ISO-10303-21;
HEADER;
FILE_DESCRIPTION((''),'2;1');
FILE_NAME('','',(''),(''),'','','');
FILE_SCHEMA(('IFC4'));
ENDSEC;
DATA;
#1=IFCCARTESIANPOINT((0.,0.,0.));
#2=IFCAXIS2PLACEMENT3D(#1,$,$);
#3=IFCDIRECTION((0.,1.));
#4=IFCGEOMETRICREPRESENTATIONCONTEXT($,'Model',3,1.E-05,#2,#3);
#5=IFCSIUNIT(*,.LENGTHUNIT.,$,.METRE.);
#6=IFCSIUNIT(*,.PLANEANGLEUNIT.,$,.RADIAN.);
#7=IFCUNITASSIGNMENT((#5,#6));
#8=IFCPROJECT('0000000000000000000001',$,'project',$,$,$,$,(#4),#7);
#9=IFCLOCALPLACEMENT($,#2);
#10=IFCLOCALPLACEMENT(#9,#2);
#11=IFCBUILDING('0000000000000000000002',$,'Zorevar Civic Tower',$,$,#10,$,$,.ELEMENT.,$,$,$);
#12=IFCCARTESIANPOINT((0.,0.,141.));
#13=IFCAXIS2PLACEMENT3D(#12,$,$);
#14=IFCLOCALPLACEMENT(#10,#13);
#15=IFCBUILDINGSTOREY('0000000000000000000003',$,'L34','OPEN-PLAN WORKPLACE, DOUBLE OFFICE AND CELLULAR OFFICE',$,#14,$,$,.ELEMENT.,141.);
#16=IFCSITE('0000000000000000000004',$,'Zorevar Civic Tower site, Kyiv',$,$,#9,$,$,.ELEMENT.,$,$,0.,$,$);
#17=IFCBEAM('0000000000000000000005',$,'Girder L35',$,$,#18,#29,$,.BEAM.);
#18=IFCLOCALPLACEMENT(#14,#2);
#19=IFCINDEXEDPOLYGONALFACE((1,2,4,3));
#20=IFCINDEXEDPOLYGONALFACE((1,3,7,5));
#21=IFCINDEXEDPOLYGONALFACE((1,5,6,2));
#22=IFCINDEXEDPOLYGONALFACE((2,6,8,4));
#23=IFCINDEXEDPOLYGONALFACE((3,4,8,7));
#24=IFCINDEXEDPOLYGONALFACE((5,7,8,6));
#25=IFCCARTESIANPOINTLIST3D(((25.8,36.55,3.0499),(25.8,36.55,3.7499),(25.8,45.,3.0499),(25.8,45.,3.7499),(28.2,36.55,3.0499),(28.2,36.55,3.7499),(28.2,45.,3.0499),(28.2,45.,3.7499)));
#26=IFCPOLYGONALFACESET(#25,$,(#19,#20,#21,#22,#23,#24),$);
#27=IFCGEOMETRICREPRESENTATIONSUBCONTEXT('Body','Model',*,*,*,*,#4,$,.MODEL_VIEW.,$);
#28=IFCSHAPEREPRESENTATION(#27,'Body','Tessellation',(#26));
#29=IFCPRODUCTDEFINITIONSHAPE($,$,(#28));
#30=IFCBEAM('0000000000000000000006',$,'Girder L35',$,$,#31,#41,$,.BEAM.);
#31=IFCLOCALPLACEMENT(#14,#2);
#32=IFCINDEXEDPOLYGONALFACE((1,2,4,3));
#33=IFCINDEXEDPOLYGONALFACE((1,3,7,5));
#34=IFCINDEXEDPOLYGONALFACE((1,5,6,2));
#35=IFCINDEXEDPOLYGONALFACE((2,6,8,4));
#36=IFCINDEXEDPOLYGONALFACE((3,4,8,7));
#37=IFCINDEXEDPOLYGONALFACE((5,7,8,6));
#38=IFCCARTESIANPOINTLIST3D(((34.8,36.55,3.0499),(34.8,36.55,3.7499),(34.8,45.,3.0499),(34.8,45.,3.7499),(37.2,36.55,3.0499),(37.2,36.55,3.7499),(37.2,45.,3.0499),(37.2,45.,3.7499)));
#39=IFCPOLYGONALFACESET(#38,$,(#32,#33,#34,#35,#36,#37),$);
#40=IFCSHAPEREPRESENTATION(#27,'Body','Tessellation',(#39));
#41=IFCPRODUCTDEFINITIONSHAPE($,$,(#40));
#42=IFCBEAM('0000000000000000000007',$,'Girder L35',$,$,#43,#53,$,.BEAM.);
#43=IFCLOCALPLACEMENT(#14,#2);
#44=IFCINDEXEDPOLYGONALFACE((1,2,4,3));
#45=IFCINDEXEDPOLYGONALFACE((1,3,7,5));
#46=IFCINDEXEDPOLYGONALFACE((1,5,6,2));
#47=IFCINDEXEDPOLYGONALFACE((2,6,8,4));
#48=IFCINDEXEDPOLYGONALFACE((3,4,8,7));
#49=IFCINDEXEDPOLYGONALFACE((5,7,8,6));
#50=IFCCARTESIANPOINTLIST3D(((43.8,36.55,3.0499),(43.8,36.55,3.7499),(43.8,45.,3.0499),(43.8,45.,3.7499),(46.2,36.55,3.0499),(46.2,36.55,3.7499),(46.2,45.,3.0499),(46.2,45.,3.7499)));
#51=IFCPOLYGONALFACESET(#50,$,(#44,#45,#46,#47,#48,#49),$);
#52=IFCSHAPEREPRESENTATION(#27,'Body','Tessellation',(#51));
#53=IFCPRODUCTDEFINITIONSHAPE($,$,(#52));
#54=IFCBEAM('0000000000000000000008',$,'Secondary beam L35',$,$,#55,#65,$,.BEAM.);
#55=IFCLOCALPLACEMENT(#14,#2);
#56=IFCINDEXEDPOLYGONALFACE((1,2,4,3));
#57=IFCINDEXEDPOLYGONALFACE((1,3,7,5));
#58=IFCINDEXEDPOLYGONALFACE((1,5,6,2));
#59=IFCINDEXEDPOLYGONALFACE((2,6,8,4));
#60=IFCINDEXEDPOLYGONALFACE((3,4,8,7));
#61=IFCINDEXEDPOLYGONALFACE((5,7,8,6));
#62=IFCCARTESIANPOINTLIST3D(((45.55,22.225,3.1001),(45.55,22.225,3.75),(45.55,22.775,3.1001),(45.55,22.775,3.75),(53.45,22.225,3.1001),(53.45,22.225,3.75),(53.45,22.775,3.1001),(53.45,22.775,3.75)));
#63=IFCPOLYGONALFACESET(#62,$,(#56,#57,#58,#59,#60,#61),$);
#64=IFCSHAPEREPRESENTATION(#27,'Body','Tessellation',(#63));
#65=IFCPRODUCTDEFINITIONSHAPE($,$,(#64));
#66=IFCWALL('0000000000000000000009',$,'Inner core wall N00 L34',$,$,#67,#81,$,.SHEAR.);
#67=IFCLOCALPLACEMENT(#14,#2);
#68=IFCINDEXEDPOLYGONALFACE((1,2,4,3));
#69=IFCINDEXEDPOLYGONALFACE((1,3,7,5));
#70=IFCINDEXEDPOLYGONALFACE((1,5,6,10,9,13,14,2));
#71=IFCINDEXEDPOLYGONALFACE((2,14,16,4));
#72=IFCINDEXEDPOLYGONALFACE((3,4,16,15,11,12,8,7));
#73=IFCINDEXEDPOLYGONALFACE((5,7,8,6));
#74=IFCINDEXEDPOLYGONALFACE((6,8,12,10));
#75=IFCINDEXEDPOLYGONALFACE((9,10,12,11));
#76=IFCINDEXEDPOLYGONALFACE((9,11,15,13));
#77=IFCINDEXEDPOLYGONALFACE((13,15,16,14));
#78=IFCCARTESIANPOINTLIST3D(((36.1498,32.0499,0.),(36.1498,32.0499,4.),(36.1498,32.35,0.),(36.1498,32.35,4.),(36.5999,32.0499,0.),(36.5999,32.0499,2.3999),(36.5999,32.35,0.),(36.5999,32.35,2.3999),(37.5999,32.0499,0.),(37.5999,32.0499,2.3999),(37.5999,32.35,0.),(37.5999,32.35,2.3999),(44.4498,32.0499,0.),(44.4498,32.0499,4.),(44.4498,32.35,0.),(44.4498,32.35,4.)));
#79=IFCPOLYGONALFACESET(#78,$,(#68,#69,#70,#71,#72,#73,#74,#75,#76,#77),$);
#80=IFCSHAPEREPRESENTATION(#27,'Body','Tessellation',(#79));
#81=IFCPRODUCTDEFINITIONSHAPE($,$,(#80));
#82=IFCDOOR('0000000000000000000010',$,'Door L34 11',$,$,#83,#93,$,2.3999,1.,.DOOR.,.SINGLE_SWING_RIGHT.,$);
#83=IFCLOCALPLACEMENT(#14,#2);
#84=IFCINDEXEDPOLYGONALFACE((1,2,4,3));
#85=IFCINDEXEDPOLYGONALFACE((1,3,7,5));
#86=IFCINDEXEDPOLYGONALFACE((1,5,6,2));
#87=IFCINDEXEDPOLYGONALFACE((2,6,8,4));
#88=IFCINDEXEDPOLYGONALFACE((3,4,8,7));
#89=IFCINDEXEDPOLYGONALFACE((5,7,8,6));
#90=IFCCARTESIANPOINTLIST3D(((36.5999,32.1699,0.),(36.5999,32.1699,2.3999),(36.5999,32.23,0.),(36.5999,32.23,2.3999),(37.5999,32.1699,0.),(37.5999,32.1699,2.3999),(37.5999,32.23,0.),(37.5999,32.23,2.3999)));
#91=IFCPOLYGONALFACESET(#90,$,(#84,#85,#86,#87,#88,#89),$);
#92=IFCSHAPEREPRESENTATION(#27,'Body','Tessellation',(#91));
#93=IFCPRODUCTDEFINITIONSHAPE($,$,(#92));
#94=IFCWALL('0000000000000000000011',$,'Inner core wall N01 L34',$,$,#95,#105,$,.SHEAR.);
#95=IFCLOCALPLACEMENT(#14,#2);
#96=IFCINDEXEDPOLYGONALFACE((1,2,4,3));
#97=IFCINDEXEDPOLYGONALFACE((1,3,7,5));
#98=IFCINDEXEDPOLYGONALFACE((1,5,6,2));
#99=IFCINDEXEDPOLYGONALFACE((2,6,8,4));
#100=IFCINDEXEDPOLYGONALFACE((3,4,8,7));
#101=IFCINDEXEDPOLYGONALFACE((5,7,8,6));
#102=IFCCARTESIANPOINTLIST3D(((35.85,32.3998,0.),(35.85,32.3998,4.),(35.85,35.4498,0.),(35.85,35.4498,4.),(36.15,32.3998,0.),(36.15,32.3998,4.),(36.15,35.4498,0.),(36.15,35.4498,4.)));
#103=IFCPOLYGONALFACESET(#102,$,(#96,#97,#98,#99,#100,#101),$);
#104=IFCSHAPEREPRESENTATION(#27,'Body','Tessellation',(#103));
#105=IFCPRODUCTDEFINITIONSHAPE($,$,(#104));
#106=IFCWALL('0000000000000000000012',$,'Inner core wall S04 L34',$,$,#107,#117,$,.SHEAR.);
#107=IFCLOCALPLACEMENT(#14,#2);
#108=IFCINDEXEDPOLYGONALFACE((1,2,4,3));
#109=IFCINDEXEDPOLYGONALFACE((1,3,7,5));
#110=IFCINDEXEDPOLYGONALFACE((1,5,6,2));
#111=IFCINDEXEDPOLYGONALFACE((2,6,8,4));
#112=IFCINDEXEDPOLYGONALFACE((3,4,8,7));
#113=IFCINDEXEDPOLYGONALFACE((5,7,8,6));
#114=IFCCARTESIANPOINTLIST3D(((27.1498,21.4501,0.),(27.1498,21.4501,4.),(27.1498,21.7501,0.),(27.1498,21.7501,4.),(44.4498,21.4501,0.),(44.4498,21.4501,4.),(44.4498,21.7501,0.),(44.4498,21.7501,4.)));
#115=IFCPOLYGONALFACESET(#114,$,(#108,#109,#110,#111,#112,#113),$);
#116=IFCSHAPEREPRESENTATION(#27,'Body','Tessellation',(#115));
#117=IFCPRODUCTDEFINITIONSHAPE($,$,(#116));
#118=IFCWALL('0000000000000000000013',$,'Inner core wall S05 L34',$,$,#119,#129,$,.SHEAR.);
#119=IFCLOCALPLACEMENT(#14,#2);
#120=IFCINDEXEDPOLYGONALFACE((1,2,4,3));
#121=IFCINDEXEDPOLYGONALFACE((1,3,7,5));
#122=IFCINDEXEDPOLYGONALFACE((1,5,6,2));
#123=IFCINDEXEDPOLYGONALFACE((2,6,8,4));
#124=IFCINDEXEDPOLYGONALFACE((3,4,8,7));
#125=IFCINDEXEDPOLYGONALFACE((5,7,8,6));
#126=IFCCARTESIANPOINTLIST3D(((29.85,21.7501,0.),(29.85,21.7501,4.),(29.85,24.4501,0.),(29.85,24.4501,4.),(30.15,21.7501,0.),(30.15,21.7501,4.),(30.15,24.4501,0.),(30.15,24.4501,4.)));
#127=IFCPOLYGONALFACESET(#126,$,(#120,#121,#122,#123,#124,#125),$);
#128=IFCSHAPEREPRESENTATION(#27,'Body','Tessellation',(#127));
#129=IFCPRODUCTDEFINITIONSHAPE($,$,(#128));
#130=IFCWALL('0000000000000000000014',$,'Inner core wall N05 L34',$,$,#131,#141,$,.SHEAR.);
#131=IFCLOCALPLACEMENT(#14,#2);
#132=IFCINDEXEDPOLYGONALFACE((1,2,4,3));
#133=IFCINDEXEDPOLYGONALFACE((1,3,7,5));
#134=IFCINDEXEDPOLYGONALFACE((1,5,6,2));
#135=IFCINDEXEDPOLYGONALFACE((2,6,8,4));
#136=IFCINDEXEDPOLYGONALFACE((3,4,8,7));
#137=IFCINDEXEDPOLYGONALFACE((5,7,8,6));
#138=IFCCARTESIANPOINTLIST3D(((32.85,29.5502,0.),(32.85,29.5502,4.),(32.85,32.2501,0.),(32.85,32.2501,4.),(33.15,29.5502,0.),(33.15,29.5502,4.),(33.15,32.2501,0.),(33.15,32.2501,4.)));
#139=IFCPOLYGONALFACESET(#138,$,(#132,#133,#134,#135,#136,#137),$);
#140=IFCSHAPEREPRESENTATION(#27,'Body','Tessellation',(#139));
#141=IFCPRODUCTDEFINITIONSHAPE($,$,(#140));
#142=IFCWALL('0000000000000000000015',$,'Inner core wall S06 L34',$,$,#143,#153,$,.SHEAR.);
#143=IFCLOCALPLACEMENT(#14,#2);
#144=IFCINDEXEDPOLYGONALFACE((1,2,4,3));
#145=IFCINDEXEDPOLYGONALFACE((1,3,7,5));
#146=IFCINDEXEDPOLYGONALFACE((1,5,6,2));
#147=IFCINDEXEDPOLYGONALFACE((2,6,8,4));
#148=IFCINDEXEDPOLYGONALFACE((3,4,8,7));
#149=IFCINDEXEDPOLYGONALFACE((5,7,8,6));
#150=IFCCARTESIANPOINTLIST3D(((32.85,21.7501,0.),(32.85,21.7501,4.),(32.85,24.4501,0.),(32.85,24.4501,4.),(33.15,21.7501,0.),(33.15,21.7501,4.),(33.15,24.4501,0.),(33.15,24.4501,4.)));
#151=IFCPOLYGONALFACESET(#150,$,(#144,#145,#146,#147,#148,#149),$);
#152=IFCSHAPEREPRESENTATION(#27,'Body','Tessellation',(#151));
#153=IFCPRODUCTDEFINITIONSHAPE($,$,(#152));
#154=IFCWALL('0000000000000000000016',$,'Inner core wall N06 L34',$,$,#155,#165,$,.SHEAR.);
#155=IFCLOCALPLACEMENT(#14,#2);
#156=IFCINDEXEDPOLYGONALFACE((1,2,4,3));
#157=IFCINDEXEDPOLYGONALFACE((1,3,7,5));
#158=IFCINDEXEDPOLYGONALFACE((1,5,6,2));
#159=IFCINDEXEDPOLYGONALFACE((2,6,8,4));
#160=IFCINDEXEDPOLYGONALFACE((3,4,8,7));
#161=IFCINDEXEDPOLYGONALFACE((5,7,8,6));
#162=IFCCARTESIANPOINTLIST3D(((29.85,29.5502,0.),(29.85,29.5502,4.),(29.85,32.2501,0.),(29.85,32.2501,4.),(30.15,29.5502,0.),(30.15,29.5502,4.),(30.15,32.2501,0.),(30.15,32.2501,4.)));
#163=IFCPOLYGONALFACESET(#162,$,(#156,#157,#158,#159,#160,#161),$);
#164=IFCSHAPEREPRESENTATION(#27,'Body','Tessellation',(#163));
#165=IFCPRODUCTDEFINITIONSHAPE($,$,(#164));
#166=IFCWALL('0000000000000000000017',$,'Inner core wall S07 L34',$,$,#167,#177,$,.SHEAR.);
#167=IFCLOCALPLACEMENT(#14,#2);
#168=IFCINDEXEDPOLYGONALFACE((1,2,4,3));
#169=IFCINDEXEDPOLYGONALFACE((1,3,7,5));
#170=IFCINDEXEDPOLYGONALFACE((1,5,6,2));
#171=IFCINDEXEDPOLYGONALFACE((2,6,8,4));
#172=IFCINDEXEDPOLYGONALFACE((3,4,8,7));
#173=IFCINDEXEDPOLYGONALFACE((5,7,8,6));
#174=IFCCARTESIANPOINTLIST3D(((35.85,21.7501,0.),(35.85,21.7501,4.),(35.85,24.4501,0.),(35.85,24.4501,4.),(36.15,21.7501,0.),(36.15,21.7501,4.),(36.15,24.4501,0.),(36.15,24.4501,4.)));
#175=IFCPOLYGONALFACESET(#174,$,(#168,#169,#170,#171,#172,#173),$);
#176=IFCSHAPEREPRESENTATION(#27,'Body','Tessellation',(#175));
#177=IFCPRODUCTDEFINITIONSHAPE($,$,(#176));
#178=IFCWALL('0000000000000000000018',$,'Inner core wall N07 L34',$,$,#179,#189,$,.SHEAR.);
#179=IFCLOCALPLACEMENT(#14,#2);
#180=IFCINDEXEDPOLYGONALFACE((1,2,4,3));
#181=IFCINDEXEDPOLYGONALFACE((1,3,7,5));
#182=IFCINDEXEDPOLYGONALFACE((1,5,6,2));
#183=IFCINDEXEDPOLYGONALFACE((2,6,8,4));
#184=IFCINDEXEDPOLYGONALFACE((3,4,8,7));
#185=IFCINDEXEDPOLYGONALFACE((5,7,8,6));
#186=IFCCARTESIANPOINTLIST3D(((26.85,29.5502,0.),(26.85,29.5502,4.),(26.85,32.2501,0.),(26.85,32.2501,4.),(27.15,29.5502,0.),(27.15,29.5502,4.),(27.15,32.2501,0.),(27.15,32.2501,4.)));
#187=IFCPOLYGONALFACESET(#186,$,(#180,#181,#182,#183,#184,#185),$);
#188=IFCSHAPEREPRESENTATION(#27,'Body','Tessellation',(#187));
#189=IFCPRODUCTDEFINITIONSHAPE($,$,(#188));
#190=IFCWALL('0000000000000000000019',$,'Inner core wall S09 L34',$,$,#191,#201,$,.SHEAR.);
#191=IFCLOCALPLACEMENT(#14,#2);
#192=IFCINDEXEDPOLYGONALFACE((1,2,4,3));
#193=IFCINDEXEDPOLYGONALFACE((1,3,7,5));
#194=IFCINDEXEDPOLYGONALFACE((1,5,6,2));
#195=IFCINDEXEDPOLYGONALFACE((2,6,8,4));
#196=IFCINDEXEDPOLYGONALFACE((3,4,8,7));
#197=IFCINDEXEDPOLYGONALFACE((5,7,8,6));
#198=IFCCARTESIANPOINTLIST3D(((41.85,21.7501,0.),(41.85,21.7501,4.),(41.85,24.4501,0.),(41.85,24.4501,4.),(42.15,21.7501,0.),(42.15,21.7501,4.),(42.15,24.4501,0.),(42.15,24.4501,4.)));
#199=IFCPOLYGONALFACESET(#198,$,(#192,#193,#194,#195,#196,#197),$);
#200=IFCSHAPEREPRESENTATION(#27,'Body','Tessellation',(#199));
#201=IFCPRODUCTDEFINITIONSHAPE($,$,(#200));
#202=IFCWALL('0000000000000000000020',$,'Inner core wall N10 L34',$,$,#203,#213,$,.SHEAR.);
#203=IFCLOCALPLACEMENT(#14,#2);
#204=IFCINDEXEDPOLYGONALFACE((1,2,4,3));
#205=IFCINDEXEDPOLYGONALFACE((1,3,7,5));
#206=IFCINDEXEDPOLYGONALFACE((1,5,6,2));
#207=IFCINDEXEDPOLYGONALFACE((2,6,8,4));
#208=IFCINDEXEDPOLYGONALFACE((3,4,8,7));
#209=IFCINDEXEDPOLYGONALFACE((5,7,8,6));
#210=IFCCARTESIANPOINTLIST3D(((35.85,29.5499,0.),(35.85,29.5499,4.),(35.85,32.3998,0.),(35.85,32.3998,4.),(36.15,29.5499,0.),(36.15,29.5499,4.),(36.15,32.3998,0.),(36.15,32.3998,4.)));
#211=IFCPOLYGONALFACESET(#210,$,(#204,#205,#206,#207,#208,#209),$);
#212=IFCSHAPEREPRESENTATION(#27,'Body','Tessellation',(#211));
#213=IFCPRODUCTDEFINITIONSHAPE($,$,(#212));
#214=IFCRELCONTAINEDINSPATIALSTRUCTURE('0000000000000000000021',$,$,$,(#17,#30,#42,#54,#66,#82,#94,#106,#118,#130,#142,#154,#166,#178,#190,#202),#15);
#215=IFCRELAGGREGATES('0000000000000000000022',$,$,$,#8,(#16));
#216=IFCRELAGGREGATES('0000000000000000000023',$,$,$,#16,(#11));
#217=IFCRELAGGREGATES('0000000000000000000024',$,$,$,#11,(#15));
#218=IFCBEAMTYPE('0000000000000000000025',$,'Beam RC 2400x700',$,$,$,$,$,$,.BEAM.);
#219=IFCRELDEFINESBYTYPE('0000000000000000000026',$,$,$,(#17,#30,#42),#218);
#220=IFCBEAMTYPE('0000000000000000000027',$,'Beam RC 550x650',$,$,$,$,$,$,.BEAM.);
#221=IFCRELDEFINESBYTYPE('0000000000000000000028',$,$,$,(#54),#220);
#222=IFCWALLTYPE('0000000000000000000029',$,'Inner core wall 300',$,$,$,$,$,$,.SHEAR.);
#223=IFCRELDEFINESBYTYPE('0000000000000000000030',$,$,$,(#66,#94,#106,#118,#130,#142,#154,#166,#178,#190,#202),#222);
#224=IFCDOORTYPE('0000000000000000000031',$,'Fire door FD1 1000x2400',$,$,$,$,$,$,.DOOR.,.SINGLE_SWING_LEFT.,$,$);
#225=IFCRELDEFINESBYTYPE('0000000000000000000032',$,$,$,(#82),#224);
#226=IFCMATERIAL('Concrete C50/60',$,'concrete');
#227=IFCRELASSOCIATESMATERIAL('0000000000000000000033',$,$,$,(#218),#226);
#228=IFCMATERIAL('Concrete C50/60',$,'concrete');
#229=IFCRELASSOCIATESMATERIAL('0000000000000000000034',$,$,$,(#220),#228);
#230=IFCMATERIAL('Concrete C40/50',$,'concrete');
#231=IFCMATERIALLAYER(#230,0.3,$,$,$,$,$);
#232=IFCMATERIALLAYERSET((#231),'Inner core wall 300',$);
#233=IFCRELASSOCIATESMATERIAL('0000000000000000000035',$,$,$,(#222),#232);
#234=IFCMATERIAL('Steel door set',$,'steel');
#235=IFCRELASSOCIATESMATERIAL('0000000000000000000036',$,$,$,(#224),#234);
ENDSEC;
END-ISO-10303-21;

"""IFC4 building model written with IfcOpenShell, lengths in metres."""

from ifc_helpers import new_model, si_unit, direction, frame, frame_2d, origin, origin_2d, place, context, subcontext, project, spatial, rectangle, extrude, material, layer, layer_set, material_profile, profile_set, type_object, element, fill, save


model = new_model("IFC4")

# Units and contexts
model_context = context("Model", 3, precision=1e-05, world=origin(), true_north=direction((0.0, 1.0)))
body_context = subcontext(model_context, "Body", "Model", "MODEL_VIEW")
ifc_project = project(units=[si_unit("LENGTHUNIT", "METRE"), si_unit("PLANEANGLEUNIT", "RADIAN")], contexts=[model_context])

# Site, building, storey
site_placement = place(None, origin())
site = spatial("IfcSite", under=ifc_project, at=site_placement, Name="Zorevar Civic Tower site, Kyiv", CompositionType="ELEMENT", RefElevation=0.0)
building_placement = place(site_placement, origin())
building = spatial("IfcBuilding", under=site, at=building_placement, Name="Zorevar Civic Tower", CompositionType="ELEMENT")
storey_placement = place(building_placement, frame((0.0, 0.0, 141.0)))
storey = spatial("IfcBuildingStorey", under=building, at=storey_placement, Name="L34", Description="OPEN-PLAN WORKPLACE, DOUBLE OFFICE AND CELLULAR OFFICE", CompositionType="ELEMENT", Elevation=141.0)

# Beams
ifc_material_1 = material(Name="Concrete C50/60", Category="concrete")
ifc_material_profile_1 = material_profile(ifc_material_1, rectangle(XDim=2.3999, YDim=0.7, at=origin_2d()), Name="RC 2400x700")
ifc_profile_set_1 = profile_set([ifc_material_profile_1], Name="Concrete C50/60")
beam_type_1 = type_object("IfcBeamType", Name="Beam RC 2400x700", PredefinedType="BEAM", material=ifc_profile_set_1)
for number, where, z_axis, x_axis, name in (
    (1, (27.0, 36.55, 3.3999), (0.0, 1.0, 0.0), (-1.0, 0.0, 0.0), "Girder L35"),
    (2, (36.0, 36.55, 3.3999), (0.0, 1.0, 0.0), (-1.0, 0.0, 0.0), "Girder L35"),
    (3, (45.0, 36.55, 3.3999), (0.0, 1.0, 0.0), (-1.0, 0.0, 0.0), "Girder L35"),
):
    element("IfcBeam", number, at=place(storey_placement, frame(where, z_axis=z_axis, x_axis=x_axis)), inside=storey, type_object=beam_type_1, Name=name, PredefinedType="BEAM", context=body_context, shape_type="SweptSolid", body=[
        extrude(rectangle(XDim=2.3999, YDim=0.7, at=origin_2d()), origin(), (0.0, 0.0, 1.0), 8.45),
    ])
ifc_material_2 = material(Name="Concrete C50/60", Category="concrete")
ifc_material_profile_2 = material_profile(ifc_material_2, rectangle(XDim=0.55, YDim=0.6499, at=origin_2d()), Name="RC 550x650")
ifc_profile_set_2 = profile_set([ifc_material_profile_2], Name="Concrete C50/60")
beam_type_2 = type_object("IfcBeamType", Name="Beam RC 550x650", PredefinedType="BEAM", material=ifc_profile_set_2)
beam_placement = place(storey_placement, frame((45.55, 22.5, 3.425), z_axis=(1.0, 0.0, 0.0), x_axis=(0.0, 1.0, 0.0)))
element("IfcBeam", 4, at=beam_placement, inside=storey, type_object=beam_type_2, Name="Secondary beam L35", PredefinedType="BEAM", context=body_context, shape_type="SweptSolid", body=[
    extrude(rectangle(XDim=0.55, YDim=0.6499, at=origin_2d()), origin(), (0.0, 0.0, 1.0), 7.8999),
])

# Wall, opening, door
ifc_material_3 = material(Name="Concrete C40/50", Category="concrete")
ifc_layer_1 = layer(ifc_material_3, 0.3)
ifc_layer_set_1 = layer_set([ifc_layer_1], Name="Inner core wall 300")
wall_type_1 = type_object("IfcWallType", Name="Inner core wall 300", PredefinedType="SHEAR", material=ifc_layer_set_1)
wall_1_placement = place(storey_placement, frame((36.1499, 32.2, 0.0), z_axis=(0.0, 0.0, 1.0), x_axis=(1.0, 0.0, 0.0)))
wall_1 = element("IfcWall", 5, at=wall_1_placement, inside=storey, type_object=wall_type_1, Name="Inner core wall N00 L34", PredefinedType="SHEAR", context=body_context, shape_type="SweptSolid", body=[
    extrude(rectangle(XDim=8.3, YDim=0.3, at=frame_2d((4.1499, 0.0))), origin(), (0.0, 0.0, 1.0), 4.0),
])
opening_1_placement = place(wall_1_placement, frame((0.45, 0.0, 0.0)))
opening_1 = element("IfcOpeningElement", 6, at=opening_1_placement, cuts=wall_1, PredefinedType="OPENING", context=body_context, shape_type="SweptSolid", body=[
    extrude(rectangle(XDim=1.0, YDim=2.3999, at=frame_2d((0.5, 1.2))), frame((0.0, 0.1599, 0.0), z_axis=(0.0, -1.0, 0.0), x_axis=(1.0, 0.0, 0.0)), (0.0, 0.0, 1.0), 0.3201),
])
ifc_material_4 = material(Name="Steel door set", Category="steel")
door_type_1 = type_object("IfcDoorType", Name="Fire door FD1 1000x2400", OperationType="SINGLE_SWING_LEFT", PredefinedType="DOOR", material=ifc_material_4)
door_1_placement = place(opening_1_placement, origin())
door_1 = element("IfcDoor", 7, at=door_1_placement, inside=storey, type_object=door_type_1, Name="Door L34 11", OperationType="SINGLE_SWING_RIGHT", OverallHeight=2.3999, OverallWidth=1.0, PredefinedType="DOOR", context=body_context, shape_type="SweptSolid", body=[
    extrude(rectangle(XDim=1.0, YDim=2.3999, at=frame_2d((0.5, 1.2))), frame((0.0, 0.03, 0.0), z_axis=(0.0, -1.0, 0.0), x_axis=(1.0, 0.0, 0.0)), (0.0, 0.0, 1.0), 0.0601),
])
fill(opening_1, door_1)

# Wall
wall_2_placement = place(storey_placement, frame((36.0, 32.3999, 0.0), z_axis=(0.0, 0.0, 1.0), x_axis=(0.0, 1.0, 0.0)))
element("IfcWall", 8, at=wall_2_placement, inside=storey, type_object=wall_type_1, Name="Inner core wall N01 L34", PredefinedType="SHEAR", context=body_context, shape_type="SweptSolid", body=[
    extrude(rectangle(XDim=3.05, YDim=0.3, at=frame_2d((1.5249, 0.0))), origin(), (0.0, 0.0, 1.0), 4.0),
])

# Walls
wall_3_placement = place(storey_placement, frame((27.1499, 21.6001, 0.0), z_axis=(0.0, 0.0, 1.0), x_axis=(1.0, 0.0, 0.0)))
element("IfcWall", 9, at=wall_3_placement, inside=storey, type_object=wall_type_1, Name="Inner core wall S04 L34", PredefinedType="SHEAR", context=body_context, shape_type="SweptSolid", body=[
    extrude(rectangle(XDim=17.3, YDim=0.3, at=frame_2d((8.6499, 0.0))), origin(), (0.0, 0.0, 1.0), 4.0),
])
for number, where, z_axis, x_axis, name in (
    (10, (30.0, 21.75, 0.0), (0.0, 0.0, 1.0), (0.0, 1.0, 0.0), "Inner core wall S05 L34"),
    (11, (33.0, 29.55, 0.0), (0.0, 0.0, 1.0), (0.0, 1.0, 0.0), "Inner core wall N05 L34"),
    (12, (33.0, 21.75, 0.0), (0.0, 0.0, 1.0), (0.0, 1.0, 0.0), "Inner core wall S06 L34"),
    (13, (30.0, 29.55, 0.0), (0.0, 0.0, 1.0), (0.0, 1.0, 0.0), "Inner core wall N06 L34"),
    (14, (36.0, 21.75, 0.0), (0.0, 0.0, 1.0), (0.0, 1.0, 0.0), "Inner core wall S07 L34"),
    (15, (27.0, 29.55, 0.0), (0.0, 0.0, 1.0), (0.0, 1.0, 0.0), "Inner core wall N07 L34"),
    (16, (42.0, 21.75, 0.0), (0.0, 0.0, 1.0), (0.0, 1.0, 0.0), "Inner core wall S09 L34"),
):
    element("IfcWall", number, at=place(storey_placement, frame(where, z_axis=z_axis, x_axis=x_axis)), inside=storey, type_object=wall_type_1, Name=name, PredefinedType="SHEAR", context=body_context, shape_type="SweptSolid", body=[
        extrude(rectangle(XDim=2.7, YDim=0.3, at=frame_2d((1.3501, 0.0))), origin(), (0.0, 0.0, 1.0), 4.0),
    ])
wall_4_placement = place(storey_placement, frame((36.0, 29.55, 0.0), z_axis=(0.0, 0.0, 1.0), x_axis=(0.0, 1.0, 0.0)))
element("IfcWall", 17, at=wall_4_placement, inside=storey, type_object=wall_type_1, Name="Inner core wall N10 L34", PredefinedType="SHEAR", context=body_context, shape_type="SweptSolid", body=[
    extrude(rectangle(XDim=2.8499, YDim=0.3, at=frame_2d((1.4248, 0.0))), origin(), (0.0, 0.0, 1.0), 4.0),
])

save(model, "model.ifc")
